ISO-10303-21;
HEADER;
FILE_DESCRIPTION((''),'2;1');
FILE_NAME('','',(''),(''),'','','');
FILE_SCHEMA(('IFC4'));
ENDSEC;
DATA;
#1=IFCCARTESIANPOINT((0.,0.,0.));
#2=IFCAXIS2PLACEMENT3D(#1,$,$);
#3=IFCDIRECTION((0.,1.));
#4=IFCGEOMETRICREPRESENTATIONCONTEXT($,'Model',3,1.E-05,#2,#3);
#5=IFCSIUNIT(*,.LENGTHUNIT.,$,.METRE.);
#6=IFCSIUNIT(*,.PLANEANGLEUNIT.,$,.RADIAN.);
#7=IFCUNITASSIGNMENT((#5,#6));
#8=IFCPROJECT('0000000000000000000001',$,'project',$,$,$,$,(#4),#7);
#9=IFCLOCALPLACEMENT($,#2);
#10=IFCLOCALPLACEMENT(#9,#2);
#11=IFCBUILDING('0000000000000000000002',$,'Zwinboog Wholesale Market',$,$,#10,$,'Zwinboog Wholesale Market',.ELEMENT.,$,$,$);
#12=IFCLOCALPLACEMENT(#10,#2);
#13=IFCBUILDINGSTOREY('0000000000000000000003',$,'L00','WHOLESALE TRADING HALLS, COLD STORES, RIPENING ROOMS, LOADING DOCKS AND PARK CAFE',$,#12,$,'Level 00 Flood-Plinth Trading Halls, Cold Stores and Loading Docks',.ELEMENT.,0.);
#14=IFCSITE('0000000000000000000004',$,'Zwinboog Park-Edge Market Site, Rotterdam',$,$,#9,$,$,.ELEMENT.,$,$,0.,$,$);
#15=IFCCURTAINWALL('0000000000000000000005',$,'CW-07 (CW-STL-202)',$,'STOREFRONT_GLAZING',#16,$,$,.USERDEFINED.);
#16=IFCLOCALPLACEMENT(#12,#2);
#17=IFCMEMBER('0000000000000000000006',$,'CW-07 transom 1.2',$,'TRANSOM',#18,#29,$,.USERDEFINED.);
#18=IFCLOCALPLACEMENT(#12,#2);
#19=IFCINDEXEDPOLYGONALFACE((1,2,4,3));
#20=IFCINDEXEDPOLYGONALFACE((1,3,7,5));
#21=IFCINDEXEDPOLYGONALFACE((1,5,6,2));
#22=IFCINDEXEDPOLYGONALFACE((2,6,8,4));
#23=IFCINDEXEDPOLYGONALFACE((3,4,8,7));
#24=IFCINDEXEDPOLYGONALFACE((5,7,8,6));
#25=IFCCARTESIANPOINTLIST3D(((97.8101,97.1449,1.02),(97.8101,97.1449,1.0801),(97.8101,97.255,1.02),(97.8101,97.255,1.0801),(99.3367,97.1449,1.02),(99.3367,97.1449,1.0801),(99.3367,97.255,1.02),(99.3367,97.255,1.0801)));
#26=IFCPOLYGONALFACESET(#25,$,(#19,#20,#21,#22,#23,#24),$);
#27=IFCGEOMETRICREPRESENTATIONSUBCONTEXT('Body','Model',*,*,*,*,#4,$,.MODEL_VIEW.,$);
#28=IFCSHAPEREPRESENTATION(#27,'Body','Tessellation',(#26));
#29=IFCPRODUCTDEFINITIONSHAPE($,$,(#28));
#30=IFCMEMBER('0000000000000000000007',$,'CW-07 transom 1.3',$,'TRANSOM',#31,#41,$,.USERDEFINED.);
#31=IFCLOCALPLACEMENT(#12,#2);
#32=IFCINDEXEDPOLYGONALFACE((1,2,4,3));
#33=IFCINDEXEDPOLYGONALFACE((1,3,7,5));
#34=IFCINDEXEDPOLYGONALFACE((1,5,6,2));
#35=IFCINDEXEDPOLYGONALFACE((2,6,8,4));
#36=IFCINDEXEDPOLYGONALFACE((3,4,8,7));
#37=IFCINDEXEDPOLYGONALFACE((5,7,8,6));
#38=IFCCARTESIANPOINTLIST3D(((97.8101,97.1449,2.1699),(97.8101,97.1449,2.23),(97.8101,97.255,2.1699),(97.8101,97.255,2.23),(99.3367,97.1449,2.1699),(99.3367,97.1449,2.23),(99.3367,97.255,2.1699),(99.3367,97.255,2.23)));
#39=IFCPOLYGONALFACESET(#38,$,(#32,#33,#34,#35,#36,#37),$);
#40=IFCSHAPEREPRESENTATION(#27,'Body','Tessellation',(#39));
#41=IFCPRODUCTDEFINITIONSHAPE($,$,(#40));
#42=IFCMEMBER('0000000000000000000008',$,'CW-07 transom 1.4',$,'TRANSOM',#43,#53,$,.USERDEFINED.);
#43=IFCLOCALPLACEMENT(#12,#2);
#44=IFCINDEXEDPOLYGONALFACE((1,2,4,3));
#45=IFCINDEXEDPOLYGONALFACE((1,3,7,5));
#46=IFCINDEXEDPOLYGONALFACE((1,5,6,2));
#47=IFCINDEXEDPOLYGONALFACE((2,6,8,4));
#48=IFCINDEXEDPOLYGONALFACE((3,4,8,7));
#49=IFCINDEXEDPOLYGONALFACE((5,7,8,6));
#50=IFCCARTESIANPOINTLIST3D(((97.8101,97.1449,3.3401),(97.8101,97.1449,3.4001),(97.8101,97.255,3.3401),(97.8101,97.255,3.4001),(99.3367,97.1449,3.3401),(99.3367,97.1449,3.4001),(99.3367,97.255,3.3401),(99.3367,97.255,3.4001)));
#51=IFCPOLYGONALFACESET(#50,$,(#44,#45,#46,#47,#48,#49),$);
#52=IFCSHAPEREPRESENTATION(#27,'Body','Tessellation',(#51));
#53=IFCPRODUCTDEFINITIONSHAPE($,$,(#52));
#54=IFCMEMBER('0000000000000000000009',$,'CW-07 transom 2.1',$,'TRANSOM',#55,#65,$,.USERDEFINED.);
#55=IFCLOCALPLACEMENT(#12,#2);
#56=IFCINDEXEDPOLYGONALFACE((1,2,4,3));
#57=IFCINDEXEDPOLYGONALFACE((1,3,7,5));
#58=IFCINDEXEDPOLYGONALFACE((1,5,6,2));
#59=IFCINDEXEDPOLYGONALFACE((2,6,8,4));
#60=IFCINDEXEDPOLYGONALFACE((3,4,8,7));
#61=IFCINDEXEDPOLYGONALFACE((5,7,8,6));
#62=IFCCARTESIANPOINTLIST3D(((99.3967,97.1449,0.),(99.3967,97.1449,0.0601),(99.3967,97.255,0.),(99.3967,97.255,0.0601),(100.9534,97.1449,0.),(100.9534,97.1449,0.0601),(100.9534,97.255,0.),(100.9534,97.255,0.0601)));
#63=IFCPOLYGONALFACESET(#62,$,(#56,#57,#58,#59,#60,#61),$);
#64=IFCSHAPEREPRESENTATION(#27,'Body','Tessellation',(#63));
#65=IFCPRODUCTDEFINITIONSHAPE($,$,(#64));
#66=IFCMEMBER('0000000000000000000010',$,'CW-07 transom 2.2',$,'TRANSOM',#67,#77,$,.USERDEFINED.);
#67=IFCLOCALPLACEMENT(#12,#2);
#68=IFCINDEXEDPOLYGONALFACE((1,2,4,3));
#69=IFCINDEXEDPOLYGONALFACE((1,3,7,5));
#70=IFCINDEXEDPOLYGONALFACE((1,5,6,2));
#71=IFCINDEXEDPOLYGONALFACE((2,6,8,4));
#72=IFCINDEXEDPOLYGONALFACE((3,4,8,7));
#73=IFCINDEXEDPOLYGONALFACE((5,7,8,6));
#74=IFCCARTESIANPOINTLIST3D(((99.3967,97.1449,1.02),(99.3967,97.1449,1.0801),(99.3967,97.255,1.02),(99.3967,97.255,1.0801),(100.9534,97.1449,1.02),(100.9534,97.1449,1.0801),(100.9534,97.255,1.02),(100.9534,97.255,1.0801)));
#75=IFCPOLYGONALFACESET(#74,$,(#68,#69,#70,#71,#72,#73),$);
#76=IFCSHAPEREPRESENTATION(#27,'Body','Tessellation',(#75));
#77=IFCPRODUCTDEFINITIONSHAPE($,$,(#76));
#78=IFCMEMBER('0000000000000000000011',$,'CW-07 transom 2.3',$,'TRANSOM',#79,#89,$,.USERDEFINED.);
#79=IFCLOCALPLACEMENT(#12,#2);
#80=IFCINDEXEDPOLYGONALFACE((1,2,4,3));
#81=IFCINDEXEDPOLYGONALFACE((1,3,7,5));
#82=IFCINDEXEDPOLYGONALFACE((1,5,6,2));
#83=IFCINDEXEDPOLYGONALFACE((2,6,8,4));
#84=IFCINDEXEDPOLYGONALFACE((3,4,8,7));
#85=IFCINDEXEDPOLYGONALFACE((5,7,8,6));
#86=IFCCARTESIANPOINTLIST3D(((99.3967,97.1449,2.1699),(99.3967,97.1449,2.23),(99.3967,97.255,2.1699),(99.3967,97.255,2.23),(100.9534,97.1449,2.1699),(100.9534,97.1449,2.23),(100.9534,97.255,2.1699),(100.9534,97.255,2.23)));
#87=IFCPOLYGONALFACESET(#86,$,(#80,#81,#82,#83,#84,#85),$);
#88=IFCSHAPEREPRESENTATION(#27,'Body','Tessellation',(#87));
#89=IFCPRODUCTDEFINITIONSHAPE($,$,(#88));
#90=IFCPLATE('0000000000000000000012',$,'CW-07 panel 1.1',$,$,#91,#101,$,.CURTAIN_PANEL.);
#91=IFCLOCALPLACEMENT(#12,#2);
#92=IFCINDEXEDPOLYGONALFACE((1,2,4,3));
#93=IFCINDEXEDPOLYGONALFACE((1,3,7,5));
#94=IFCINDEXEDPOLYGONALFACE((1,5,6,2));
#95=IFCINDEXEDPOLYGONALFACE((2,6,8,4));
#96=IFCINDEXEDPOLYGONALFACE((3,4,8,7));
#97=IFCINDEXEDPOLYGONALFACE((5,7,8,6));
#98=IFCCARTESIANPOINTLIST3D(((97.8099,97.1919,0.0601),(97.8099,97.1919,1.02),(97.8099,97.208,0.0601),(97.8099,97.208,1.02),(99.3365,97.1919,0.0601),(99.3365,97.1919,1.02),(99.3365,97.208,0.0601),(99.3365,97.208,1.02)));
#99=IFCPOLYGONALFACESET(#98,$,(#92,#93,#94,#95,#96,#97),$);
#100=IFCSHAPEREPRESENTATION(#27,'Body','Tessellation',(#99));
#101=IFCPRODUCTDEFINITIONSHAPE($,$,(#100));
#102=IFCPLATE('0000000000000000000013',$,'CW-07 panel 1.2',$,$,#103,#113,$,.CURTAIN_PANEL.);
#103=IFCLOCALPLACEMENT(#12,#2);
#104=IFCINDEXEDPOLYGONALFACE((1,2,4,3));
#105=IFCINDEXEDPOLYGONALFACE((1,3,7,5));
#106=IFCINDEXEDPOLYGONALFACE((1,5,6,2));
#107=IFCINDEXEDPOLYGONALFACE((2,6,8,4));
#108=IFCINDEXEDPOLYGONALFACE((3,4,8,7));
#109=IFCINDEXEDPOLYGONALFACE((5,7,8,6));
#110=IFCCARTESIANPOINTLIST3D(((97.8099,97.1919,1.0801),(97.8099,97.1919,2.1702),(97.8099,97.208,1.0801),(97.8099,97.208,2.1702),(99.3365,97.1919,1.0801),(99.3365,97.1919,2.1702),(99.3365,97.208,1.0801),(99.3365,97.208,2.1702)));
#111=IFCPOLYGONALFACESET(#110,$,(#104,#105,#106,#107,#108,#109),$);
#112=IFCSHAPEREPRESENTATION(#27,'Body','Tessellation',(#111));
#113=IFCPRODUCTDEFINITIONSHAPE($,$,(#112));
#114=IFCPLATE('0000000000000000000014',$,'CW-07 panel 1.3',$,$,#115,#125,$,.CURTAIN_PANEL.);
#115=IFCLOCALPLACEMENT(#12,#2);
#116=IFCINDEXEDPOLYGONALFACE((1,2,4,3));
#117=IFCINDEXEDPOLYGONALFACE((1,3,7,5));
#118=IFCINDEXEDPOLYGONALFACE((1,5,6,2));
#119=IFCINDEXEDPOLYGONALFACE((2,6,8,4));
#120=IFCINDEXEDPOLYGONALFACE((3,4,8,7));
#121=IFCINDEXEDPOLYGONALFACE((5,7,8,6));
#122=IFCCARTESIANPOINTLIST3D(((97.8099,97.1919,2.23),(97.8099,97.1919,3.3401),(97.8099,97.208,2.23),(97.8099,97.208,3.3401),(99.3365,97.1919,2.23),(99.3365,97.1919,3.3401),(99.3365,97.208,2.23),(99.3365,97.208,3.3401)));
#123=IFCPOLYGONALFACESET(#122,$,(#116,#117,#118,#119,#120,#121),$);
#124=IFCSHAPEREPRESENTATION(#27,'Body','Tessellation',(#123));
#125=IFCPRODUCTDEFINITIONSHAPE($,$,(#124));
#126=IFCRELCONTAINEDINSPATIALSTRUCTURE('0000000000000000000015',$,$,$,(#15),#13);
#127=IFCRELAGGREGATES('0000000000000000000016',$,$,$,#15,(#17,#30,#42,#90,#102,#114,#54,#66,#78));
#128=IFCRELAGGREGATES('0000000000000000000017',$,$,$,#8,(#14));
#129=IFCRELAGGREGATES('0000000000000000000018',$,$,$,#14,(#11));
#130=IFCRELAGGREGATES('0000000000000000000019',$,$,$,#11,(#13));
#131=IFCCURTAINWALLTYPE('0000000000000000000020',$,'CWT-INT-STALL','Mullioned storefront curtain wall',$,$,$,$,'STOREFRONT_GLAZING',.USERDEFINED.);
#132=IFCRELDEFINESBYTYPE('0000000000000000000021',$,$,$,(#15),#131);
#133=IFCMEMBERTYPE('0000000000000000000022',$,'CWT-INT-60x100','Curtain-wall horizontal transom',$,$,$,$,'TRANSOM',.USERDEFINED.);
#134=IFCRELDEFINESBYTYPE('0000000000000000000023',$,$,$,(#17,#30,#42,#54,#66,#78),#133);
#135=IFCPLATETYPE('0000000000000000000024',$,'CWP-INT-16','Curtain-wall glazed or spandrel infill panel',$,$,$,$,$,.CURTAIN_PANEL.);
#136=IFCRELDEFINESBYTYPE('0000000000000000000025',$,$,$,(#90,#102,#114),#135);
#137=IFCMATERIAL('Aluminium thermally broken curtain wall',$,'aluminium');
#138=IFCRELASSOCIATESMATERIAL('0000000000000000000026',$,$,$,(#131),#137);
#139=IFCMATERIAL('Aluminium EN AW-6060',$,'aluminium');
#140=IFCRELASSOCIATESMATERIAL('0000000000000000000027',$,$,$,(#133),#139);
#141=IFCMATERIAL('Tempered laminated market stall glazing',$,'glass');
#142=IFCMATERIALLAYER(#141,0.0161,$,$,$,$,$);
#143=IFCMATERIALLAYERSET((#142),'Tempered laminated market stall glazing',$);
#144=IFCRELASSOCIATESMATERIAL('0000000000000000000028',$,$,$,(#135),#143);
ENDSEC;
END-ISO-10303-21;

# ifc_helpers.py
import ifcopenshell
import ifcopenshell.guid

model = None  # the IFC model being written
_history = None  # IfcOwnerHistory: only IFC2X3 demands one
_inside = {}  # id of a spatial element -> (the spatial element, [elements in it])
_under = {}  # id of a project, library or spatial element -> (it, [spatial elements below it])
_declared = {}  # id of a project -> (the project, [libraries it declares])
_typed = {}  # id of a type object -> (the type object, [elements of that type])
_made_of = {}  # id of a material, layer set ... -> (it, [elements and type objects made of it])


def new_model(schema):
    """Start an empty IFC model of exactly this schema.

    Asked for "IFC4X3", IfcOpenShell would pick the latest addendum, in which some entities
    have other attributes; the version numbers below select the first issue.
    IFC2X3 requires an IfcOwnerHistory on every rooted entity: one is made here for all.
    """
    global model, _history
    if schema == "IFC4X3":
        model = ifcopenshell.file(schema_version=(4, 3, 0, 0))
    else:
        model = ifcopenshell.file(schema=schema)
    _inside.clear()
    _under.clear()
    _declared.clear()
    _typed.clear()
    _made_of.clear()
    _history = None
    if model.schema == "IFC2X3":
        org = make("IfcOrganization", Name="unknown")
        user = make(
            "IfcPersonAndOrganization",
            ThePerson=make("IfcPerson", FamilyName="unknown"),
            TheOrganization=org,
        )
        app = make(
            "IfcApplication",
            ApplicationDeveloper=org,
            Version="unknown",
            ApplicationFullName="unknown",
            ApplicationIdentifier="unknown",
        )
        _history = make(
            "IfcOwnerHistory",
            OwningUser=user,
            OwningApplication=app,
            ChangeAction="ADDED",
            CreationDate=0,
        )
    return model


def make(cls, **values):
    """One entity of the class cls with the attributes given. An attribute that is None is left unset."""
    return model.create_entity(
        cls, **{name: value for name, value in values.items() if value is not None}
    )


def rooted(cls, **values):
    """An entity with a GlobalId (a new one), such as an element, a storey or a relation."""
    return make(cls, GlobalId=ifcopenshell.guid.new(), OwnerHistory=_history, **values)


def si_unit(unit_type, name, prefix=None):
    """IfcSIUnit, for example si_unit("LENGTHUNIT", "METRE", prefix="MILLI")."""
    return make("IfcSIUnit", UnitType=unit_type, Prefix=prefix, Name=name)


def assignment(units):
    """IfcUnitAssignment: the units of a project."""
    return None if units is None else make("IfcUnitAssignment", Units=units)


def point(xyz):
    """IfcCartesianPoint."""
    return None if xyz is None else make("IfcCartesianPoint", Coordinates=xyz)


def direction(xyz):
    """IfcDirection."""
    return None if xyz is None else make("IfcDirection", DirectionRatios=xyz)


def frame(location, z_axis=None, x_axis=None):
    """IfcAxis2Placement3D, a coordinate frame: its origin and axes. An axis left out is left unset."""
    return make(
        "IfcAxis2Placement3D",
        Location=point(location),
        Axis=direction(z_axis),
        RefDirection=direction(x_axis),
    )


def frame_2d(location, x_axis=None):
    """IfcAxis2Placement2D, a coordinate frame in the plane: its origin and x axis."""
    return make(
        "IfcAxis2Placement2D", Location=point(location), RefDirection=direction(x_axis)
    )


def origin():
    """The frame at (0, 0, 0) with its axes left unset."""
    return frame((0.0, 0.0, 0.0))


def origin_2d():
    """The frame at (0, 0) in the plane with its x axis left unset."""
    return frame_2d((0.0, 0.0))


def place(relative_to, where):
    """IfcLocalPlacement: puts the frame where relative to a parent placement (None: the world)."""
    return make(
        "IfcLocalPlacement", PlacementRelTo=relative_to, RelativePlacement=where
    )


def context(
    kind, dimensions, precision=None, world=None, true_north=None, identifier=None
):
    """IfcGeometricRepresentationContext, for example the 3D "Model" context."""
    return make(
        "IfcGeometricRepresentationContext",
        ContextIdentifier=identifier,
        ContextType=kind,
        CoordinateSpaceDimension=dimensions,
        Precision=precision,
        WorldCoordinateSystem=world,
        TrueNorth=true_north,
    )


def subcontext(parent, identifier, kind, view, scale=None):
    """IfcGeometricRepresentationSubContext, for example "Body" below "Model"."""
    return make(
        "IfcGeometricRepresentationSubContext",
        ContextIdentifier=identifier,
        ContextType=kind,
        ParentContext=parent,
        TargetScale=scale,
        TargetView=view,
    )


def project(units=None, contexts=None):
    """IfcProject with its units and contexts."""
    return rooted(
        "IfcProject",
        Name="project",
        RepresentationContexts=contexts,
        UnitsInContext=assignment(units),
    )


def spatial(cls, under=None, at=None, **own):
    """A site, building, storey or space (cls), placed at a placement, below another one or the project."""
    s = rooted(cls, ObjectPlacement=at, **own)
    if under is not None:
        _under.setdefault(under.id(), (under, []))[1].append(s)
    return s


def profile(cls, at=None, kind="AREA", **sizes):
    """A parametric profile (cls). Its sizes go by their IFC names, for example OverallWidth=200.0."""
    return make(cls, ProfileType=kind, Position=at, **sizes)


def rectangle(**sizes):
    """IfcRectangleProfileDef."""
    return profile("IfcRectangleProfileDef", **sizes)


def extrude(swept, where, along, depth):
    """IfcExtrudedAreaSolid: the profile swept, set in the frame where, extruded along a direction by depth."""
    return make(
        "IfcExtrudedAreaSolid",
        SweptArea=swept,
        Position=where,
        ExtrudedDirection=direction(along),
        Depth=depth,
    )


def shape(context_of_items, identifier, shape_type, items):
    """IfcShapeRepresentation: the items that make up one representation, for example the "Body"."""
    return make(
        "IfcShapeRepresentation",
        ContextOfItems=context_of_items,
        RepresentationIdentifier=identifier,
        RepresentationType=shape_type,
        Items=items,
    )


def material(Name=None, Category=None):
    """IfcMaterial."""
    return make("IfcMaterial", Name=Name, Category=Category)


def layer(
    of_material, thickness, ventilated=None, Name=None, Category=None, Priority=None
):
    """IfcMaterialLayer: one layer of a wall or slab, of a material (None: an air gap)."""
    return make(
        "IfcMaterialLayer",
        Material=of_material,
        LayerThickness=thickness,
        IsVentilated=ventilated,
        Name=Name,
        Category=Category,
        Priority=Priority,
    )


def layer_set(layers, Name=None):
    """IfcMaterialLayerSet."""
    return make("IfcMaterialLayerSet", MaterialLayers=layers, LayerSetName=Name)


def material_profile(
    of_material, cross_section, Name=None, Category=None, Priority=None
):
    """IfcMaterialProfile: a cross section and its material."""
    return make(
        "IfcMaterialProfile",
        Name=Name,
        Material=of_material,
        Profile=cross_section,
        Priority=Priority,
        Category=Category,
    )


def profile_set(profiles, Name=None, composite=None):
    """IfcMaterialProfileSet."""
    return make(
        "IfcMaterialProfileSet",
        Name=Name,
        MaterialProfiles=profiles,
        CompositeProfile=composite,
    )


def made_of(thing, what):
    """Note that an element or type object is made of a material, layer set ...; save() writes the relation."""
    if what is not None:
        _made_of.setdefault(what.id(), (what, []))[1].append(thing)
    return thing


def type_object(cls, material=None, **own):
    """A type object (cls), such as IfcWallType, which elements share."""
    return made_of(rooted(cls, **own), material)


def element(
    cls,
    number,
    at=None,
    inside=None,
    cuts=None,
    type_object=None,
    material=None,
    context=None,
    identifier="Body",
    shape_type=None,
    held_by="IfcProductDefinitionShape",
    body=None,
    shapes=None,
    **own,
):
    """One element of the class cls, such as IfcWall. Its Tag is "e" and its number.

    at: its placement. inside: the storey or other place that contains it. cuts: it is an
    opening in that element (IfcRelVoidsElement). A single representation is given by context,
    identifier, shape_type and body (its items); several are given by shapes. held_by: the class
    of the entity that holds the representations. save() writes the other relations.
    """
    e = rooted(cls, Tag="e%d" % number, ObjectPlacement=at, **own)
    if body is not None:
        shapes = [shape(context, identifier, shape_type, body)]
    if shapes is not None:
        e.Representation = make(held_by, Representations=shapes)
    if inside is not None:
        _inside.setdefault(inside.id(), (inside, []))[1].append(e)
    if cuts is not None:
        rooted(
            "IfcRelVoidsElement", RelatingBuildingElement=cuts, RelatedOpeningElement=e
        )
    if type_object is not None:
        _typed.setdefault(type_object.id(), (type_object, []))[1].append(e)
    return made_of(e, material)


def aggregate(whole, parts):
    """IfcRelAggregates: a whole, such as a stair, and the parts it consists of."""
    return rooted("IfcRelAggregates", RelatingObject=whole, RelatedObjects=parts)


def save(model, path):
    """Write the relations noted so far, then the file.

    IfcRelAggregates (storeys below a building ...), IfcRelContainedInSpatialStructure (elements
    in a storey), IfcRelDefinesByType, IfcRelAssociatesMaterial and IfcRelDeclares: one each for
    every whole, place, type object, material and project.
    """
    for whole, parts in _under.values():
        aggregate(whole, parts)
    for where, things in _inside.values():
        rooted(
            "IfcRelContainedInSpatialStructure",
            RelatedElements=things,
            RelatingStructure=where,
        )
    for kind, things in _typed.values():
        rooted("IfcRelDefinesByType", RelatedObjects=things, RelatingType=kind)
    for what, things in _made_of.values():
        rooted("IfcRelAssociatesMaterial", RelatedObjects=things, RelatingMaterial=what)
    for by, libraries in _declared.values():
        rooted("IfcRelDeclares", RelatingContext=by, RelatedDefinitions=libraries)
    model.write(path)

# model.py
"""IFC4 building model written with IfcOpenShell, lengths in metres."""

from ifc_helpers import new_model, si_unit, direction, frame, origin, origin_2d, place, context, subcontext, project, spatial, rectangle, extrude, material, layer, layer_set, material_profile, profile_set, type_object, element, aggregate, save


model = new_model("IFC4")

# Units and contexts
model_context = context("Model", 3, precision=1e-05, world=origin(), true_north=direction((0.0, 1.0)))
body_context = subcontext(model_context, "Body", "Model", "MODEL_VIEW")
ifc_project = project(units=[si_unit("LENGTHUNIT", "METRE"), si_unit("PLANEANGLEUNIT", "RADIAN")], contexts=[model_context])

# Site, building, storey
site_placement = place(None, origin())
site = spatial("IfcSite", under=ifc_project, at=site_placement, Name="Zwinboog Park-Edge Market Site, Rotterdam", CompositionType="ELEMENT", RefElevation=0.0)
building_placement = place(site_placement, origin())
building = spatial("IfcBuilding", under=site, at=building_placement, Name="Zwinboog Wholesale Market", LongName="Zwinboog Wholesale Market", CompositionType="ELEMENT")
storey_placement = place(building_placement, origin())
storey = spatial("IfcBuildingStorey", under=building, at=storey_placement, Name="L00", Description="WHOLESALE TRADING HALLS, COLD STORES, RIPENING ROOMS, LOADING DOCKS AND PARK CAFE", LongName="Level 00 Flood-Plinth Trading Halls, Cold Stores and Loading Docks", CompositionType="ELEMENT", Elevation=0.0)

# Curtain wall, members, plates
ifc_material_1 = material(Name="Aluminium thermally broken curtain wall", Category="aluminium")
curtain_wall_type = type_object("IfcCurtainWallType", Name="CWT-INT-STALL", Description="Mullioned storefront curtain wall", ElementType="STOREFRONT_GLAZING", PredefinedType="USERDEFINED", material=ifc_material_1)
curtain_wall_placement = place(storey_placement, origin())
curtain_wall = element("IfcCurtainWall", 1, at=curtain_wall_placement, inside=storey, type_object=curtain_wall_type, Name="CW-07 (CW-STL-202)", ObjectType="STOREFRONT_GLAZING", PredefinedType="USERDEFINED")
ifc_material_2 = material(Name="Aluminium EN AW-6060", Category="aluminium")
ifc_material_profile_1 = material_profile(ifc_material_2, rectangle(XDim=0.1101, YDim=0.0601, at=origin_2d()), Name="AL 60x110")
ifc_profile_set_1 = profile_set([ifc_material_profile_1], Name="Aluminium EN AW-6060")
member_type_1 = type_object("IfcMemberType", Name="CWT-INT-60x100", Description="Curtain-wall horizontal transom", ElementType="TRANSOM", PredefinedType="USERDEFINED", material=ifc_profile_set_1)
member_1_placement = place(storey_placement, frame((97.8101, 97.2, 1.05), z_axis=(1.0, 0.0, 0.0), x_axis=(0.0, 1.0, 0.0)))
member_1 = element("IfcMember", 2, at=member_1_placement, type_object=member_type_1, Name="CW-07 transom 1.2", ObjectType="TRANSOM", PredefinedType="USERDEFINED", context=body_context, shape_type="SweptSolid", body=[
    extrude(rectangle(XDim=0.1101, YDim=0.0601, at=origin_2d()), origin(), (0.0, 0.0, 1.0), 1.5266),
])
member_2_placement = place(storey_placement, frame((97.8101, 97.2, 2.2), z_axis=(1.0, 0.0, 0.0), x_axis=(0.0, 1.0, 0.0)))
member_2 = element("IfcMember", 3, at=member_2_placement, type_object=member_type_1, Name="CW-07 transom 1.3", ObjectType="TRANSOM", PredefinedType="USERDEFINED", context=body_context, shape_type="SweptSolid", body=[
    extrude(rectangle(XDim=0.1101, YDim=0.0601, at=origin_2d()), origin(), (0.0, 0.0, 1.0), 1.5266),
])
member_3_placement = place(storey_placement, frame((97.8101, 97.2, 3.3701), z_axis=(1.0, 0.0, 0.0), x_axis=(0.0, 1.0, 0.0)))
member_3 = element("IfcMember", 4, at=member_3_placement, type_object=member_type_1, Name="CW-07 transom 1.4", ObjectType="TRANSOM", PredefinedType="USERDEFINED", context=body_context, shape_type="SweptSolid", body=[
    extrude(rectangle(XDim=0.1101, YDim=0.0601, at=origin_2d()), origin(), (0.0, 0.0, 1.0), 1.5266),
])
member_4_placement = place(storey_placement, frame((99.3967, 97.2, 0.03), z_axis=(1.0, 0.0, 0.0), x_axis=(0.0, 1.0, 0.0)))
member_4 = element("IfcMember", 5, at=member_4_placement, type_object=member_type_1, Name="CW-07 transom 2.1", ObjectType="TRANSOM", PredefinedType="USERDEFINED", context=body_context, shape_type="SweptSolid", body=[
    extrude(rectangle(XDim=0.1101, YDim=0.0601, at=origin_2d()), origin(), (0.0, 0.0, 1.0), 1.5566),
])
member_5_placement = place(storey_placement, frame((99.3967, 97.2, 1.05), z_axis=(1.0, 0.0, 0.0), x_axis=(0.0, 1.0, 0.0)))
member_5 = element("IfcMember", 6, at=member_5_placement, type_object=member_type_1, Name="CW-07 transom 2.2", ObjectType="TRANSOM", PredefinedType="USERDEFINED", context=body_context, shape_type="SweptSolid", body=[
    extrude(rectangle(XDim=0.1101, YDim=0.0601, at=origin_2d()), origin(), (0.0, 0.0, 1.0), 1.5566),
])
member_6_placement = place(storey_placement, frame((99.3967, 97.2, 2.2), z_axis=(1.0, 0.0, 0.0), x_axis=(0.0, 1.0, 0.0)))
member_6 = element("IfcMember", 7, at=member_6_placement, type_object=member_type_1, Name="CW-07 transom 2.3", ObjectType="TRANSOM", PredefinedType="USERDEFINED", context=body_context, shape_type="SweptSolid", body=[
    extrude(rectangle(XDim=0.1101, YDim=0.0601, at=origin_2d()), origin(), (0.0, 0.0, 1.0), 1.5566),
])
ifc_material_3 = material(Name="Tempered laminated market stall glazing", Category="glass")
ifc_layer = layer(ifc_material_3, 0.0161)
ifc_layer_set = layer_set([ifc_layer], Name="Tempered laminated market stall glazing")
plate_type = type_object("IfcPlateType", Name="CWP-INT-16", Description="Curtain-wall glazed or spandrel infill panel", PredefinedType="CURTAIN_PANEL", material=ifc_layer_set)
plate_1_placement = place(storey_placement, frame((98.5732, 97.2, 0.0601), z_axis=(0.0, 0.0, 1.0), x_axis=(1.0, 0.0, 0.0)))
plate_1 = element("IfcPlate", 8, at=plate_1_placement, type_object=plate_type, Name="CW-07 panel 1.1", PredefinedType="CURTAIN_PANEL", context=body_context, shape_type="SweptSolid", body=[
    extrude(rectangle(XDim=1.5266, YDim=0.0161, at=origin_2d()), origin(), (0.0, 0.0, 1.0), 0.96),
])
plate_2_placement = place(storey_placement, frame((98.5732, 97.2, 1.0801), z_axis=(0.0, 0.0, 1.0), x_axis=(1.0, 0.0, 0.0)))
plate_2 = element("IfcPlate", 9, at=plate_2_placement, type_object=plate_type, Name="CW-07 panel 1.2", PredefinedType="CURTAIN_PANEL", context=body_context, shape_type="SweptSolid", body=[
    extrude(rectangle(XDim=1.5266, YDim=0.0161, at=origin_2d()), origin(), (0.0, 0.0, 1.0), 1.0901),
])
plate_3_placement = place(storey_placement, frame((98.5732, 97.2, 2.23), z_axis=(0.0, 0.0, 1.0), x_axis=(1.0, 0.0, 0.0)))
plate_3 = element("IfcPlate", 10, at=plate_3_placement, type_object=plate_type, Name="CW-07 panel 1.3", PredefinedType="CURTAIN_PANEL", context=body_context, shape_type="SweptSolid", body=[
    extrude(rectangle(XDim=1.5266, YDim=0.0161, at=origin_2d()), origin(), (0.0, 0.0, 1.0), 1.1101),
])
aggregate(curtain_wall, [member_1, member_2, member_3, plate_1, plate_2, plate_3, member_4, member_5, member_6])

save(model, "model.ifc")
